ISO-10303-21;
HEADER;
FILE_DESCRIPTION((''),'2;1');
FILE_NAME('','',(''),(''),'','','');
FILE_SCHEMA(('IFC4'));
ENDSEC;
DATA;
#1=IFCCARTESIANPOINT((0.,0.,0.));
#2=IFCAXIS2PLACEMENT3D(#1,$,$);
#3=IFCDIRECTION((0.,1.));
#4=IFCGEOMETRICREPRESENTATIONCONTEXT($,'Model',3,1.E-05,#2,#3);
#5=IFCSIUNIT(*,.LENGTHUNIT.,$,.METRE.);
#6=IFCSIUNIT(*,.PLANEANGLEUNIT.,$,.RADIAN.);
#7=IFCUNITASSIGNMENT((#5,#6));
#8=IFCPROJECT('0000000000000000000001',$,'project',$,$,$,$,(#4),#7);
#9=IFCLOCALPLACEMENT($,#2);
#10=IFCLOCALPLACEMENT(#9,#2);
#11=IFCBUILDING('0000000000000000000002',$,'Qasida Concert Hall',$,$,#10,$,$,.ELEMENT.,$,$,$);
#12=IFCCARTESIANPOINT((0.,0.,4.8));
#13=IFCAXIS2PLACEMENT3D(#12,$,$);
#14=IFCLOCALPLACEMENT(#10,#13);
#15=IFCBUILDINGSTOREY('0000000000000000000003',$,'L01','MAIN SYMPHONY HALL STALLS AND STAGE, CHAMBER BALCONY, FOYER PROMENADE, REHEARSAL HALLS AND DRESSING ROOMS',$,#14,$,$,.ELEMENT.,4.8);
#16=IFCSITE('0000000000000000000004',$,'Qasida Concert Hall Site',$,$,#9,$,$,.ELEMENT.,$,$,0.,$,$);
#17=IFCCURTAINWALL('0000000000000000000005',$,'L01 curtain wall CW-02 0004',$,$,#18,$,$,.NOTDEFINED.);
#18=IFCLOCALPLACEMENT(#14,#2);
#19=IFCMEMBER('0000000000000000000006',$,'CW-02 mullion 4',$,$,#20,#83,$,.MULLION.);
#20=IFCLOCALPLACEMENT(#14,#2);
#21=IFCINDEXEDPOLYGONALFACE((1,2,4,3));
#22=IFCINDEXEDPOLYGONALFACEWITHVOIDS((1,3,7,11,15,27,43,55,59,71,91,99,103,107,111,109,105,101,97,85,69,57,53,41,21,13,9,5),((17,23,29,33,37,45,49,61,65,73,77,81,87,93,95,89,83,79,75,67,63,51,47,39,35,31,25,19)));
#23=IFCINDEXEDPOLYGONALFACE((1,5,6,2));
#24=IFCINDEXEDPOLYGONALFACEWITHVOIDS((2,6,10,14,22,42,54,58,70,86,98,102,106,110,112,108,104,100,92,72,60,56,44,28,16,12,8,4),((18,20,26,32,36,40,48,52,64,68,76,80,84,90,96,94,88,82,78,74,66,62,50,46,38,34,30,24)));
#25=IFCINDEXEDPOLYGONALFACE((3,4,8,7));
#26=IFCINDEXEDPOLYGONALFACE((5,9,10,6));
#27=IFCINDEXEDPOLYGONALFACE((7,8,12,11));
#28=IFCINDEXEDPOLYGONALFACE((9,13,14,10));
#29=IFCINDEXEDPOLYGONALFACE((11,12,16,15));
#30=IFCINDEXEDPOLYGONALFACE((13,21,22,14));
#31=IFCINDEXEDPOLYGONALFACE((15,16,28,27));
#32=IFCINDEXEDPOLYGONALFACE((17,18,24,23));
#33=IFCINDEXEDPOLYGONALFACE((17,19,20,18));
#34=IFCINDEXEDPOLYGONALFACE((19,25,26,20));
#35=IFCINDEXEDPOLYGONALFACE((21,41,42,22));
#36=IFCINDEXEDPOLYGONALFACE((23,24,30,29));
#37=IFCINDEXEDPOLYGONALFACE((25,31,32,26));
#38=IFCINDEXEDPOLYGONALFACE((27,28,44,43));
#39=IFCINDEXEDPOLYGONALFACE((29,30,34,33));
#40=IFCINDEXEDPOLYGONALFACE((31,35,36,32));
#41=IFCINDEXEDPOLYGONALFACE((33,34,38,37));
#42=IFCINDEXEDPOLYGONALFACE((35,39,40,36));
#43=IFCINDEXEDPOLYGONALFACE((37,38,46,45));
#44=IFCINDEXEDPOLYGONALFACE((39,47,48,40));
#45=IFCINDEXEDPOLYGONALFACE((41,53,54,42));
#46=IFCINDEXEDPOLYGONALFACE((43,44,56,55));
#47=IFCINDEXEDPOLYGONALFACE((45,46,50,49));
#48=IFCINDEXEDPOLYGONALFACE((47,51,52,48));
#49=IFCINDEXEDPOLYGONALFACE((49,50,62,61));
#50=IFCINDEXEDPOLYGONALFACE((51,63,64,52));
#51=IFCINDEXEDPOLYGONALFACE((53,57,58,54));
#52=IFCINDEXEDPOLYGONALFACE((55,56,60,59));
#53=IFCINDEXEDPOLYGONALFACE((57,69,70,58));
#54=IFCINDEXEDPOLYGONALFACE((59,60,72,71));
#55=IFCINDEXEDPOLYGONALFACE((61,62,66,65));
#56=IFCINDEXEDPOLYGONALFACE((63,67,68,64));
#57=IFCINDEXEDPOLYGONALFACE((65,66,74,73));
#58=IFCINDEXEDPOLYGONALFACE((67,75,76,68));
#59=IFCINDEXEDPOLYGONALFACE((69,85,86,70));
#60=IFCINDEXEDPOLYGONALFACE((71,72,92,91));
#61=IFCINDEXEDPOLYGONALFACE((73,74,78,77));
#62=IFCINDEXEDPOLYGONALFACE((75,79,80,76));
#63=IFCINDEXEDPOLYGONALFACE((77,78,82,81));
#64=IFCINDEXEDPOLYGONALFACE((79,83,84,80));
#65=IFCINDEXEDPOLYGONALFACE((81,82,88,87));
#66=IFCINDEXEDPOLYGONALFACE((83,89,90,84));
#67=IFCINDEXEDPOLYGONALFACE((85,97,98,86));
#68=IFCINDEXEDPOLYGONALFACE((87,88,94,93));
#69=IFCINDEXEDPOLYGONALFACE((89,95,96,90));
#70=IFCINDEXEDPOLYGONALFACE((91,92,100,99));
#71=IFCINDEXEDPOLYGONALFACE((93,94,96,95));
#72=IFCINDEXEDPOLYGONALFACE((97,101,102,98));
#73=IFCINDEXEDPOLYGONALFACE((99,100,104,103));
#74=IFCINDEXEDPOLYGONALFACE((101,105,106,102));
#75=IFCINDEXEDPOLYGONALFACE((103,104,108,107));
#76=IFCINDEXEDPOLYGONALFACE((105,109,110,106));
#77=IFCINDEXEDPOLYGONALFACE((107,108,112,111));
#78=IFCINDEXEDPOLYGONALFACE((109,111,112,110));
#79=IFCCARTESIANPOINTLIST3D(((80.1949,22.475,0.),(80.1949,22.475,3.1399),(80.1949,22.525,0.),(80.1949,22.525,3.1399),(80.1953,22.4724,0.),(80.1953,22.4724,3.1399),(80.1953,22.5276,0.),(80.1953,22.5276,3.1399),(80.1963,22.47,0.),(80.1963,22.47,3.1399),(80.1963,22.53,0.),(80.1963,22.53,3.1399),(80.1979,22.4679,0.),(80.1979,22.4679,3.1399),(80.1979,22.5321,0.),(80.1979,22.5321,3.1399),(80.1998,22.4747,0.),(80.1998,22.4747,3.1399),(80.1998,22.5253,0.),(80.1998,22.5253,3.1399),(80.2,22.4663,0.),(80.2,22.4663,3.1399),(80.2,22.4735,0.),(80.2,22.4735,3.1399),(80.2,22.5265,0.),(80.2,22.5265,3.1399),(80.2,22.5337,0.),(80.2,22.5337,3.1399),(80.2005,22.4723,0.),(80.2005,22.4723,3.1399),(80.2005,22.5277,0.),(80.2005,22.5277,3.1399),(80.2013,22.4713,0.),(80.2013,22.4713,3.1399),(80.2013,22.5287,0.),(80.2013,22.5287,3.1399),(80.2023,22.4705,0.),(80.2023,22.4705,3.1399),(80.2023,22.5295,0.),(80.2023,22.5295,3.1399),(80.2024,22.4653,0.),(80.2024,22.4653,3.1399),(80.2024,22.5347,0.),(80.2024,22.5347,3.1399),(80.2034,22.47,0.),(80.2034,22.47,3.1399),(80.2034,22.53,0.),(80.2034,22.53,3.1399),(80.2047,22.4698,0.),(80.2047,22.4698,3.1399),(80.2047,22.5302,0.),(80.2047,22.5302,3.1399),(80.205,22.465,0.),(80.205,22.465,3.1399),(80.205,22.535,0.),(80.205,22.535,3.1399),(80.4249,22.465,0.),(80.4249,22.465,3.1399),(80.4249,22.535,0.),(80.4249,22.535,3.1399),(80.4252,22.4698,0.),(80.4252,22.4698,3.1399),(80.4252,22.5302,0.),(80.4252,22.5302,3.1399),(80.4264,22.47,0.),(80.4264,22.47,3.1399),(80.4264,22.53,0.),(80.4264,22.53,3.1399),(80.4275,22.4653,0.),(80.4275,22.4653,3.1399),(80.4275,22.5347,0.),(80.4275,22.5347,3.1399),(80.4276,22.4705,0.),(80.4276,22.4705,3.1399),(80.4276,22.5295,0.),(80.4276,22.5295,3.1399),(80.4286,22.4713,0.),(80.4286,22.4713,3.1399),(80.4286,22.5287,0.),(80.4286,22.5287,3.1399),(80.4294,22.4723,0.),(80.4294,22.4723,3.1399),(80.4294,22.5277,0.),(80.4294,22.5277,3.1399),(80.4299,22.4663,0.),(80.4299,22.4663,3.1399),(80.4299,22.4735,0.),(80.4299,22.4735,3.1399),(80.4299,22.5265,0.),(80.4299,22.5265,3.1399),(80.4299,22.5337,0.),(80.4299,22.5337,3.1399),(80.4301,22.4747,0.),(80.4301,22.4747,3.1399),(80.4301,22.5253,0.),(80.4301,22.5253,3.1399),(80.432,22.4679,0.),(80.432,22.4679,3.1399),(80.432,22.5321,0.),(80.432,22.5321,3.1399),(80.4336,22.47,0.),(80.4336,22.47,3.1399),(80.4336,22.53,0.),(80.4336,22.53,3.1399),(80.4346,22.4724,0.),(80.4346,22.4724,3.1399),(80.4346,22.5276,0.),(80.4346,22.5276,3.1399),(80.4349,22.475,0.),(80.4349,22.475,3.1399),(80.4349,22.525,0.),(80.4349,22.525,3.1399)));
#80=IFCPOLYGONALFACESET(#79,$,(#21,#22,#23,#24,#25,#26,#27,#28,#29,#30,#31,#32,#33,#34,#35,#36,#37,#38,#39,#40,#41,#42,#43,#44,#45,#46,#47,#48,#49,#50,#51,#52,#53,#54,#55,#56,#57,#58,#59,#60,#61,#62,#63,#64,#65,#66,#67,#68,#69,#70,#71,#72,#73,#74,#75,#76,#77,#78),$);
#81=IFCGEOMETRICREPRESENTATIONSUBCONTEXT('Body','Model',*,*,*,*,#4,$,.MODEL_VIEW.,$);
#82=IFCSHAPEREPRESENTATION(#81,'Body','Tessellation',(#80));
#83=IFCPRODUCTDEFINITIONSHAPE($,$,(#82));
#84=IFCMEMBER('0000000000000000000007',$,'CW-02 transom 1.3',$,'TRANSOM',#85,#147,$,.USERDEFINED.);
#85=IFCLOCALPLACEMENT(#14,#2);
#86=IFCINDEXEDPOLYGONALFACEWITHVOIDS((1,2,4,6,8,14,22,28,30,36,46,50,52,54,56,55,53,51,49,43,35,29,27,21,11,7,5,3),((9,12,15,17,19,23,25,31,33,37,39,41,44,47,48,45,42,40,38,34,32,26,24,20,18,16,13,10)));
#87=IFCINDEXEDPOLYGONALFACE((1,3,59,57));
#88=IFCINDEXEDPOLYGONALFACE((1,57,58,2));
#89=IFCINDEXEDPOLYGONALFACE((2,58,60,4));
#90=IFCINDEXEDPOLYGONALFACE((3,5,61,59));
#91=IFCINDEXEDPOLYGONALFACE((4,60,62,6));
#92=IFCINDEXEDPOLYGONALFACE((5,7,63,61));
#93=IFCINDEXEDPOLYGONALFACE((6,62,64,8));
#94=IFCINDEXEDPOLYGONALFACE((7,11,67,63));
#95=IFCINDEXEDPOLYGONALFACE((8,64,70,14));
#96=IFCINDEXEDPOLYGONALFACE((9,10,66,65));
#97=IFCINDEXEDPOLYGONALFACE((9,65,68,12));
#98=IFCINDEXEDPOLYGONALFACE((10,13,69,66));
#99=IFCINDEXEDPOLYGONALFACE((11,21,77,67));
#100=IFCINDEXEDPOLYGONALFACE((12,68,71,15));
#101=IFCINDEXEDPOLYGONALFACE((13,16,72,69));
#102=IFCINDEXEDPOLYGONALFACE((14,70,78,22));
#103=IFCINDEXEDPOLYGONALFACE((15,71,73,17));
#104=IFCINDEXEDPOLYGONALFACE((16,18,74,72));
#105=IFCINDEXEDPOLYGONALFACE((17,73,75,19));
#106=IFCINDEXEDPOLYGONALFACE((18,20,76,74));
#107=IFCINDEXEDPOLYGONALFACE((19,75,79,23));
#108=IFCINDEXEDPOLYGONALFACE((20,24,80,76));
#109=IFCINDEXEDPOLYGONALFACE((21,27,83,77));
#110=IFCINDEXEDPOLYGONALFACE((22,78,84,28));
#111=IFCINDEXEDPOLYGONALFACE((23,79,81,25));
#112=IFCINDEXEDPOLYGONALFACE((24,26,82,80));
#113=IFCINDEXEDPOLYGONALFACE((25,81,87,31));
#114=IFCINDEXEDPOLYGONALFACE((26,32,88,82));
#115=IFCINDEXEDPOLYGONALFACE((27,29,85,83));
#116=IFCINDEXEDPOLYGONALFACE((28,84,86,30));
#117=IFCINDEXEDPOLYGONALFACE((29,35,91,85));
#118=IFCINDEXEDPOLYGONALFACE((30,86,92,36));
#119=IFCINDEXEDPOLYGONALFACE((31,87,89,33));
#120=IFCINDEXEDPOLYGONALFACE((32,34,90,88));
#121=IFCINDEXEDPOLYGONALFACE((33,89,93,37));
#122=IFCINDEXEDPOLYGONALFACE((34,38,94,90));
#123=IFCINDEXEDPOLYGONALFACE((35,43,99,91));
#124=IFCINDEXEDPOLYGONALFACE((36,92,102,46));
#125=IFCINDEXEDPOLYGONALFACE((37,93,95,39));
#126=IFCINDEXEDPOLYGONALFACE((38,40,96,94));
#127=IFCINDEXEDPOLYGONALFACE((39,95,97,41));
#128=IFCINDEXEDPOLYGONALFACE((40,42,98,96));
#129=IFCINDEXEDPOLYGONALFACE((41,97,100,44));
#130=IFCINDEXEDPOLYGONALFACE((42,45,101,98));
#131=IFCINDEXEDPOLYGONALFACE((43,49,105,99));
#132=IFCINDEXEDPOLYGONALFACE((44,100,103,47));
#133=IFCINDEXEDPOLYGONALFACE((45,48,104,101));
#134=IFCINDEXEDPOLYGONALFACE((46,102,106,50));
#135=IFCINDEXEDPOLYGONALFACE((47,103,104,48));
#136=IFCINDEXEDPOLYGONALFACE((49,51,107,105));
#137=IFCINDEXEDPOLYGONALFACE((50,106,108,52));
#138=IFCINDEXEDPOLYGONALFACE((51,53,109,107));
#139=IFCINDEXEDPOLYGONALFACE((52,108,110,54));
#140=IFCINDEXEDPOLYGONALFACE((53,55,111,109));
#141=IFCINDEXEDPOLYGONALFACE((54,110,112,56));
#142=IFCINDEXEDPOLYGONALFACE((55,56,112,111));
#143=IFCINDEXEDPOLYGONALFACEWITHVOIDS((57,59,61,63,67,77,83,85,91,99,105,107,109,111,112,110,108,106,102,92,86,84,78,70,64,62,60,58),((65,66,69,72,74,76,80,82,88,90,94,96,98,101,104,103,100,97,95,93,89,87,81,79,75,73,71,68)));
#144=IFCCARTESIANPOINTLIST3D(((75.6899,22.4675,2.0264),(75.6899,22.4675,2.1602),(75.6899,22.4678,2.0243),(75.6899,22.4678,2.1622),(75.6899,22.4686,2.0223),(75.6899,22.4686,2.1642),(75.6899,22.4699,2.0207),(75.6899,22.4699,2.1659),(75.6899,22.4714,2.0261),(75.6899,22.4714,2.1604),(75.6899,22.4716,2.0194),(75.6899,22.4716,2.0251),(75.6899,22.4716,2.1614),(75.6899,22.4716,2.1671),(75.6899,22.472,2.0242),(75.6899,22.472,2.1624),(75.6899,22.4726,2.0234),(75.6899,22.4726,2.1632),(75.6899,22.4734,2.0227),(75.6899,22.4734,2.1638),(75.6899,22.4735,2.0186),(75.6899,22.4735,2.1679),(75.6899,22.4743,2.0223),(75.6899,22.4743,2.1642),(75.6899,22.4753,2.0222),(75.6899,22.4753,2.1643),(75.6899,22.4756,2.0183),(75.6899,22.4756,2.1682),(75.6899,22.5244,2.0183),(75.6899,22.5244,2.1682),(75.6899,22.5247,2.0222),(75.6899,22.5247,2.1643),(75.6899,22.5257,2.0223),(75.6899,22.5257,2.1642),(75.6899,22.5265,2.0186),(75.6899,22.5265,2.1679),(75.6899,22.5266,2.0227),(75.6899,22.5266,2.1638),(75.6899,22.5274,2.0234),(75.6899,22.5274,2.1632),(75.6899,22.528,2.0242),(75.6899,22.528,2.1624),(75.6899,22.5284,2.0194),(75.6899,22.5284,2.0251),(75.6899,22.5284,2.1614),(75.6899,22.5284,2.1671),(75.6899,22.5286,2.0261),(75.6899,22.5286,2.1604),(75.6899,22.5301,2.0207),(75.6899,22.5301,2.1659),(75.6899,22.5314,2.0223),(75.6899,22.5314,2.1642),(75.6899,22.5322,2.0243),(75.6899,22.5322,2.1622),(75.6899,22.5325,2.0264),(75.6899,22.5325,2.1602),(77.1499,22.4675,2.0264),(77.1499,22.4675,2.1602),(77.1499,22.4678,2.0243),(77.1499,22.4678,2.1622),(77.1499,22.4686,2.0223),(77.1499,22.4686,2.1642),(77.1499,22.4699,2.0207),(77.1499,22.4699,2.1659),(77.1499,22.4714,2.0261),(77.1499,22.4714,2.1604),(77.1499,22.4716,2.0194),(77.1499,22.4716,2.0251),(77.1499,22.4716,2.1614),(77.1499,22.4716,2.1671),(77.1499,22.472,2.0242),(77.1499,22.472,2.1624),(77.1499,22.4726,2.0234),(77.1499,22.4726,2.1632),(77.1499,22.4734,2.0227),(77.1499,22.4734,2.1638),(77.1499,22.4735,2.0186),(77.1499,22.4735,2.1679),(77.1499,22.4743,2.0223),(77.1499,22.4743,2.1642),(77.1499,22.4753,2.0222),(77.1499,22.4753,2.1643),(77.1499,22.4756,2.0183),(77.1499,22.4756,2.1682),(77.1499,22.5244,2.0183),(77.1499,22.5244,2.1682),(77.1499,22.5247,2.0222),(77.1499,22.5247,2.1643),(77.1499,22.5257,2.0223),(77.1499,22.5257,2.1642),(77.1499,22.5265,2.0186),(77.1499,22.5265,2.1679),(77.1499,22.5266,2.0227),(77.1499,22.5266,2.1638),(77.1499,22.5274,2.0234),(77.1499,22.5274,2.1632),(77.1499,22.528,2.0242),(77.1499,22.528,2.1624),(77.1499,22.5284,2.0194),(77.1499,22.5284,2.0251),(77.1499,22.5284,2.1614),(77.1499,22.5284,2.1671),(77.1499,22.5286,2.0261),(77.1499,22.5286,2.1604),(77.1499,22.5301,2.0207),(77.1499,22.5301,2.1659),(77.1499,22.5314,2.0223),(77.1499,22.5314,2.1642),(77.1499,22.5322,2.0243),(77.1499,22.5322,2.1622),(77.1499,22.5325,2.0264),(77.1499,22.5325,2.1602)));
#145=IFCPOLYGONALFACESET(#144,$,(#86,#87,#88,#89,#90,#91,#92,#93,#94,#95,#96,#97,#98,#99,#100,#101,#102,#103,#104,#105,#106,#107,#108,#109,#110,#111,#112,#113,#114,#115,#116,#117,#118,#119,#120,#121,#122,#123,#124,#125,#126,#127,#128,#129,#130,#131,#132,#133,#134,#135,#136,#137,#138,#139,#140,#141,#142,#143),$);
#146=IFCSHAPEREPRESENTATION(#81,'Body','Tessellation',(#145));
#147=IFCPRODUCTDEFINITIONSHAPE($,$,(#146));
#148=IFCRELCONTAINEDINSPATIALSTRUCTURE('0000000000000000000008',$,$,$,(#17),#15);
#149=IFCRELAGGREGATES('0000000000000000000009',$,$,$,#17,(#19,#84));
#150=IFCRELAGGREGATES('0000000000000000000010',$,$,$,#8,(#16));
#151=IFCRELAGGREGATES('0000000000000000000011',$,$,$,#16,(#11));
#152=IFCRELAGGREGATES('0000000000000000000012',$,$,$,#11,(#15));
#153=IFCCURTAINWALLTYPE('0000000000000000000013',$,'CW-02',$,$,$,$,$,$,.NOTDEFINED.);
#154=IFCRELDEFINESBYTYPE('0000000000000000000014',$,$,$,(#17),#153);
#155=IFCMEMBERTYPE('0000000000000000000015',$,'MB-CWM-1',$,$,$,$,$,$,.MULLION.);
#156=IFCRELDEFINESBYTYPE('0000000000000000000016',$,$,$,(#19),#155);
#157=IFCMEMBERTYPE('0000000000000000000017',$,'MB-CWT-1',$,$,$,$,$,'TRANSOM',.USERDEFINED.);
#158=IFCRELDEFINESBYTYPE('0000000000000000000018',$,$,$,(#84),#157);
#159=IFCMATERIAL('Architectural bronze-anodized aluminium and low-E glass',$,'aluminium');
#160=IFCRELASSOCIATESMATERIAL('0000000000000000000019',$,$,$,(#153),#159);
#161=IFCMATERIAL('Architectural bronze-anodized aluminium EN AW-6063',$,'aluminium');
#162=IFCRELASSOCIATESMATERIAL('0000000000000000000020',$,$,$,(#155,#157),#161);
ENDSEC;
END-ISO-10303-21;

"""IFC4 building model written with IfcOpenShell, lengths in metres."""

from ifc_helpers import new_model, si_unit, direction, frame, origin, origin_2d, place, context, subcontext, project, spatial, hollow_rectangle, extrude, material, material_profile, profile_set, type_object, element, aggregate, save


model = new_model("IFC4")

# Units and contexts
model_context = context("Model", 3, precision=1e-05, world=origin(), true_north=direction((0.0, 1.0)))
body_context = subcontext(model_context, "Body", "Model", "MODEL_VIEW")
ifc_project = project(units=[si_unit("LENGTHUNIT", "METRE"), si_unit("PLANEANGLEUNIT", "RADIAN")], contexts=[model_context])

# Site, building, storey
site_placement = place(None, origin())
site = spatial("IfcSite", under=ifc_project, at=site_placement, Name="Qasida Concert Hall Site", CompositionType="ELEMENT", RefElevation=0.0)
building_placement = place(site_placement, origin())
building = spatial("IfcBuilding", under=site, at=building_placement, Name="Qasida Concert Hall", CompositionType="ELEMENT")
storey_placement = place(building_placement, frame((0.0, 0.0, 4.8)))
storey = spatial("IfcBuildingStorey", under=building, at=storey_placement, Name="L01", Description="MAIN SYMPHONY HALL STALLS AND STAGE, CHAMBER BALCONY, FOYER PROMENADE, REHEARSAL HALLS AND DRESSING ROOMS", CompositionType="ELEMENT", Elevation=4.8)

# Curtain wall, members
ifc_material_1 = material(Name="Architectural bronze-anodized aluminium and low-E glass", Category="aluminium")
curtain_wall_type = type_object("IfcCurtainWallType", Name="CW-02", PredefinedType="NOTDEFINED", material=ifc_material_1)
curtain_wall_placement = place(storey_placement, origin())
curtain_wall = element("IfcCurtainWall", 1, at=curtain_wall_placement, inside=storey, type_object=curtain_wall_type, Name="L01 curtain wall CW-02 0004", PredefinedType="NOTDEFINED")
ifc_material_2 = material(Name="Architectural bronze-anodized aluminium EN AW-6063", Category="aluminium")
ifc_material_profile_1 = material_profile(ifc_material_2, hollow_rectangle(XDim=0.0701, YDim=0.24, WallThickness=0.0049, InnerFilletRadius=0.0049, OuterFilletRadius=0.01, at=origin_2d()), Name="CWM 240x70x5")
ifc_profile_set_1 = profile_set([ifc_material_profile_1], Name="Architectural bronze-anodized aluminium EN AW-6063")
member_type_1 = type_object("IfcMemberType", Name="MB-CWM-1", PredefinedType="MULLION", material=ifc_profile_set_1)
member_1_placement = place(storey_placement, frame((80.3149, 22.5, 0.0), z_axis=(0.0, 0.0, 1.0), x_axis=(0.0, 1.0, 0.0)))
member_1 = element("IfcMember", 2, at=member_1_placement, type_object=member_type_1, Name="CW-02 mullion 4", PredefinedType="MULLION", context=body_context, shape_type="SweptSolid", body=[
    extrude(hollow_rectangle(XDim=0.0701, YDim=0.24, WallThickness=0.0049, InnerFilletRadius=0.0049, OuterFilletRadius=0.01, at=origin_2d()), origin(), (0.0, 0.0, 1.0), 3.1399),
])
ifc_material_profile_2 = material_profile(ifc_material_2, hollow_rectangle(XDim=0.0649, YDim=0.1499, WallThickness=0.0039, InnerFilletRadius=0.0039, OuterFilletRadius=0.0081, at=origin_2d()), Name="CWT 150x65x4")
ifc_profile_set_2 = profile_set([ifc_material_profile_2], Name="Architectural bronze-anodized aluminium EN AW-6063")
member_type_2 = type_object("IfcMemberType", Name="MB-CWT-1", ElementType="TRANSOM", PredefinedType="USERDEFINED", material=ifc_profile_set_2)
member_2_placement = place(storey_placement, frame((75.6899, 22.5, 2.0933), z_axis=(1.0, 0.0, 0.0), x_axis=(0.0, 1.0, 0.0)))
member_2 = element("IfcMember", 3, at=member_2_placement, type_object=member_type_2, Name="CW-02 transom 1.3", ObjectType="TRANSOM", PredefinedType="USERDEFINED", context=body_context, shape_type="SweptSolid", body=[
    extrude(hollow_rectangle(XDim=0.0649, YDim=0.1499, WallThickness=0.0039, InnerFilletRadius=0.0039, OuterFilletRadius=0.0081, at=origin_2d()), origin(), (0.0, 0.0, 1.0), 1.46),
])
aggregate(curtain_wall, [member_1, member_2])

save(model, "model.ifc")
